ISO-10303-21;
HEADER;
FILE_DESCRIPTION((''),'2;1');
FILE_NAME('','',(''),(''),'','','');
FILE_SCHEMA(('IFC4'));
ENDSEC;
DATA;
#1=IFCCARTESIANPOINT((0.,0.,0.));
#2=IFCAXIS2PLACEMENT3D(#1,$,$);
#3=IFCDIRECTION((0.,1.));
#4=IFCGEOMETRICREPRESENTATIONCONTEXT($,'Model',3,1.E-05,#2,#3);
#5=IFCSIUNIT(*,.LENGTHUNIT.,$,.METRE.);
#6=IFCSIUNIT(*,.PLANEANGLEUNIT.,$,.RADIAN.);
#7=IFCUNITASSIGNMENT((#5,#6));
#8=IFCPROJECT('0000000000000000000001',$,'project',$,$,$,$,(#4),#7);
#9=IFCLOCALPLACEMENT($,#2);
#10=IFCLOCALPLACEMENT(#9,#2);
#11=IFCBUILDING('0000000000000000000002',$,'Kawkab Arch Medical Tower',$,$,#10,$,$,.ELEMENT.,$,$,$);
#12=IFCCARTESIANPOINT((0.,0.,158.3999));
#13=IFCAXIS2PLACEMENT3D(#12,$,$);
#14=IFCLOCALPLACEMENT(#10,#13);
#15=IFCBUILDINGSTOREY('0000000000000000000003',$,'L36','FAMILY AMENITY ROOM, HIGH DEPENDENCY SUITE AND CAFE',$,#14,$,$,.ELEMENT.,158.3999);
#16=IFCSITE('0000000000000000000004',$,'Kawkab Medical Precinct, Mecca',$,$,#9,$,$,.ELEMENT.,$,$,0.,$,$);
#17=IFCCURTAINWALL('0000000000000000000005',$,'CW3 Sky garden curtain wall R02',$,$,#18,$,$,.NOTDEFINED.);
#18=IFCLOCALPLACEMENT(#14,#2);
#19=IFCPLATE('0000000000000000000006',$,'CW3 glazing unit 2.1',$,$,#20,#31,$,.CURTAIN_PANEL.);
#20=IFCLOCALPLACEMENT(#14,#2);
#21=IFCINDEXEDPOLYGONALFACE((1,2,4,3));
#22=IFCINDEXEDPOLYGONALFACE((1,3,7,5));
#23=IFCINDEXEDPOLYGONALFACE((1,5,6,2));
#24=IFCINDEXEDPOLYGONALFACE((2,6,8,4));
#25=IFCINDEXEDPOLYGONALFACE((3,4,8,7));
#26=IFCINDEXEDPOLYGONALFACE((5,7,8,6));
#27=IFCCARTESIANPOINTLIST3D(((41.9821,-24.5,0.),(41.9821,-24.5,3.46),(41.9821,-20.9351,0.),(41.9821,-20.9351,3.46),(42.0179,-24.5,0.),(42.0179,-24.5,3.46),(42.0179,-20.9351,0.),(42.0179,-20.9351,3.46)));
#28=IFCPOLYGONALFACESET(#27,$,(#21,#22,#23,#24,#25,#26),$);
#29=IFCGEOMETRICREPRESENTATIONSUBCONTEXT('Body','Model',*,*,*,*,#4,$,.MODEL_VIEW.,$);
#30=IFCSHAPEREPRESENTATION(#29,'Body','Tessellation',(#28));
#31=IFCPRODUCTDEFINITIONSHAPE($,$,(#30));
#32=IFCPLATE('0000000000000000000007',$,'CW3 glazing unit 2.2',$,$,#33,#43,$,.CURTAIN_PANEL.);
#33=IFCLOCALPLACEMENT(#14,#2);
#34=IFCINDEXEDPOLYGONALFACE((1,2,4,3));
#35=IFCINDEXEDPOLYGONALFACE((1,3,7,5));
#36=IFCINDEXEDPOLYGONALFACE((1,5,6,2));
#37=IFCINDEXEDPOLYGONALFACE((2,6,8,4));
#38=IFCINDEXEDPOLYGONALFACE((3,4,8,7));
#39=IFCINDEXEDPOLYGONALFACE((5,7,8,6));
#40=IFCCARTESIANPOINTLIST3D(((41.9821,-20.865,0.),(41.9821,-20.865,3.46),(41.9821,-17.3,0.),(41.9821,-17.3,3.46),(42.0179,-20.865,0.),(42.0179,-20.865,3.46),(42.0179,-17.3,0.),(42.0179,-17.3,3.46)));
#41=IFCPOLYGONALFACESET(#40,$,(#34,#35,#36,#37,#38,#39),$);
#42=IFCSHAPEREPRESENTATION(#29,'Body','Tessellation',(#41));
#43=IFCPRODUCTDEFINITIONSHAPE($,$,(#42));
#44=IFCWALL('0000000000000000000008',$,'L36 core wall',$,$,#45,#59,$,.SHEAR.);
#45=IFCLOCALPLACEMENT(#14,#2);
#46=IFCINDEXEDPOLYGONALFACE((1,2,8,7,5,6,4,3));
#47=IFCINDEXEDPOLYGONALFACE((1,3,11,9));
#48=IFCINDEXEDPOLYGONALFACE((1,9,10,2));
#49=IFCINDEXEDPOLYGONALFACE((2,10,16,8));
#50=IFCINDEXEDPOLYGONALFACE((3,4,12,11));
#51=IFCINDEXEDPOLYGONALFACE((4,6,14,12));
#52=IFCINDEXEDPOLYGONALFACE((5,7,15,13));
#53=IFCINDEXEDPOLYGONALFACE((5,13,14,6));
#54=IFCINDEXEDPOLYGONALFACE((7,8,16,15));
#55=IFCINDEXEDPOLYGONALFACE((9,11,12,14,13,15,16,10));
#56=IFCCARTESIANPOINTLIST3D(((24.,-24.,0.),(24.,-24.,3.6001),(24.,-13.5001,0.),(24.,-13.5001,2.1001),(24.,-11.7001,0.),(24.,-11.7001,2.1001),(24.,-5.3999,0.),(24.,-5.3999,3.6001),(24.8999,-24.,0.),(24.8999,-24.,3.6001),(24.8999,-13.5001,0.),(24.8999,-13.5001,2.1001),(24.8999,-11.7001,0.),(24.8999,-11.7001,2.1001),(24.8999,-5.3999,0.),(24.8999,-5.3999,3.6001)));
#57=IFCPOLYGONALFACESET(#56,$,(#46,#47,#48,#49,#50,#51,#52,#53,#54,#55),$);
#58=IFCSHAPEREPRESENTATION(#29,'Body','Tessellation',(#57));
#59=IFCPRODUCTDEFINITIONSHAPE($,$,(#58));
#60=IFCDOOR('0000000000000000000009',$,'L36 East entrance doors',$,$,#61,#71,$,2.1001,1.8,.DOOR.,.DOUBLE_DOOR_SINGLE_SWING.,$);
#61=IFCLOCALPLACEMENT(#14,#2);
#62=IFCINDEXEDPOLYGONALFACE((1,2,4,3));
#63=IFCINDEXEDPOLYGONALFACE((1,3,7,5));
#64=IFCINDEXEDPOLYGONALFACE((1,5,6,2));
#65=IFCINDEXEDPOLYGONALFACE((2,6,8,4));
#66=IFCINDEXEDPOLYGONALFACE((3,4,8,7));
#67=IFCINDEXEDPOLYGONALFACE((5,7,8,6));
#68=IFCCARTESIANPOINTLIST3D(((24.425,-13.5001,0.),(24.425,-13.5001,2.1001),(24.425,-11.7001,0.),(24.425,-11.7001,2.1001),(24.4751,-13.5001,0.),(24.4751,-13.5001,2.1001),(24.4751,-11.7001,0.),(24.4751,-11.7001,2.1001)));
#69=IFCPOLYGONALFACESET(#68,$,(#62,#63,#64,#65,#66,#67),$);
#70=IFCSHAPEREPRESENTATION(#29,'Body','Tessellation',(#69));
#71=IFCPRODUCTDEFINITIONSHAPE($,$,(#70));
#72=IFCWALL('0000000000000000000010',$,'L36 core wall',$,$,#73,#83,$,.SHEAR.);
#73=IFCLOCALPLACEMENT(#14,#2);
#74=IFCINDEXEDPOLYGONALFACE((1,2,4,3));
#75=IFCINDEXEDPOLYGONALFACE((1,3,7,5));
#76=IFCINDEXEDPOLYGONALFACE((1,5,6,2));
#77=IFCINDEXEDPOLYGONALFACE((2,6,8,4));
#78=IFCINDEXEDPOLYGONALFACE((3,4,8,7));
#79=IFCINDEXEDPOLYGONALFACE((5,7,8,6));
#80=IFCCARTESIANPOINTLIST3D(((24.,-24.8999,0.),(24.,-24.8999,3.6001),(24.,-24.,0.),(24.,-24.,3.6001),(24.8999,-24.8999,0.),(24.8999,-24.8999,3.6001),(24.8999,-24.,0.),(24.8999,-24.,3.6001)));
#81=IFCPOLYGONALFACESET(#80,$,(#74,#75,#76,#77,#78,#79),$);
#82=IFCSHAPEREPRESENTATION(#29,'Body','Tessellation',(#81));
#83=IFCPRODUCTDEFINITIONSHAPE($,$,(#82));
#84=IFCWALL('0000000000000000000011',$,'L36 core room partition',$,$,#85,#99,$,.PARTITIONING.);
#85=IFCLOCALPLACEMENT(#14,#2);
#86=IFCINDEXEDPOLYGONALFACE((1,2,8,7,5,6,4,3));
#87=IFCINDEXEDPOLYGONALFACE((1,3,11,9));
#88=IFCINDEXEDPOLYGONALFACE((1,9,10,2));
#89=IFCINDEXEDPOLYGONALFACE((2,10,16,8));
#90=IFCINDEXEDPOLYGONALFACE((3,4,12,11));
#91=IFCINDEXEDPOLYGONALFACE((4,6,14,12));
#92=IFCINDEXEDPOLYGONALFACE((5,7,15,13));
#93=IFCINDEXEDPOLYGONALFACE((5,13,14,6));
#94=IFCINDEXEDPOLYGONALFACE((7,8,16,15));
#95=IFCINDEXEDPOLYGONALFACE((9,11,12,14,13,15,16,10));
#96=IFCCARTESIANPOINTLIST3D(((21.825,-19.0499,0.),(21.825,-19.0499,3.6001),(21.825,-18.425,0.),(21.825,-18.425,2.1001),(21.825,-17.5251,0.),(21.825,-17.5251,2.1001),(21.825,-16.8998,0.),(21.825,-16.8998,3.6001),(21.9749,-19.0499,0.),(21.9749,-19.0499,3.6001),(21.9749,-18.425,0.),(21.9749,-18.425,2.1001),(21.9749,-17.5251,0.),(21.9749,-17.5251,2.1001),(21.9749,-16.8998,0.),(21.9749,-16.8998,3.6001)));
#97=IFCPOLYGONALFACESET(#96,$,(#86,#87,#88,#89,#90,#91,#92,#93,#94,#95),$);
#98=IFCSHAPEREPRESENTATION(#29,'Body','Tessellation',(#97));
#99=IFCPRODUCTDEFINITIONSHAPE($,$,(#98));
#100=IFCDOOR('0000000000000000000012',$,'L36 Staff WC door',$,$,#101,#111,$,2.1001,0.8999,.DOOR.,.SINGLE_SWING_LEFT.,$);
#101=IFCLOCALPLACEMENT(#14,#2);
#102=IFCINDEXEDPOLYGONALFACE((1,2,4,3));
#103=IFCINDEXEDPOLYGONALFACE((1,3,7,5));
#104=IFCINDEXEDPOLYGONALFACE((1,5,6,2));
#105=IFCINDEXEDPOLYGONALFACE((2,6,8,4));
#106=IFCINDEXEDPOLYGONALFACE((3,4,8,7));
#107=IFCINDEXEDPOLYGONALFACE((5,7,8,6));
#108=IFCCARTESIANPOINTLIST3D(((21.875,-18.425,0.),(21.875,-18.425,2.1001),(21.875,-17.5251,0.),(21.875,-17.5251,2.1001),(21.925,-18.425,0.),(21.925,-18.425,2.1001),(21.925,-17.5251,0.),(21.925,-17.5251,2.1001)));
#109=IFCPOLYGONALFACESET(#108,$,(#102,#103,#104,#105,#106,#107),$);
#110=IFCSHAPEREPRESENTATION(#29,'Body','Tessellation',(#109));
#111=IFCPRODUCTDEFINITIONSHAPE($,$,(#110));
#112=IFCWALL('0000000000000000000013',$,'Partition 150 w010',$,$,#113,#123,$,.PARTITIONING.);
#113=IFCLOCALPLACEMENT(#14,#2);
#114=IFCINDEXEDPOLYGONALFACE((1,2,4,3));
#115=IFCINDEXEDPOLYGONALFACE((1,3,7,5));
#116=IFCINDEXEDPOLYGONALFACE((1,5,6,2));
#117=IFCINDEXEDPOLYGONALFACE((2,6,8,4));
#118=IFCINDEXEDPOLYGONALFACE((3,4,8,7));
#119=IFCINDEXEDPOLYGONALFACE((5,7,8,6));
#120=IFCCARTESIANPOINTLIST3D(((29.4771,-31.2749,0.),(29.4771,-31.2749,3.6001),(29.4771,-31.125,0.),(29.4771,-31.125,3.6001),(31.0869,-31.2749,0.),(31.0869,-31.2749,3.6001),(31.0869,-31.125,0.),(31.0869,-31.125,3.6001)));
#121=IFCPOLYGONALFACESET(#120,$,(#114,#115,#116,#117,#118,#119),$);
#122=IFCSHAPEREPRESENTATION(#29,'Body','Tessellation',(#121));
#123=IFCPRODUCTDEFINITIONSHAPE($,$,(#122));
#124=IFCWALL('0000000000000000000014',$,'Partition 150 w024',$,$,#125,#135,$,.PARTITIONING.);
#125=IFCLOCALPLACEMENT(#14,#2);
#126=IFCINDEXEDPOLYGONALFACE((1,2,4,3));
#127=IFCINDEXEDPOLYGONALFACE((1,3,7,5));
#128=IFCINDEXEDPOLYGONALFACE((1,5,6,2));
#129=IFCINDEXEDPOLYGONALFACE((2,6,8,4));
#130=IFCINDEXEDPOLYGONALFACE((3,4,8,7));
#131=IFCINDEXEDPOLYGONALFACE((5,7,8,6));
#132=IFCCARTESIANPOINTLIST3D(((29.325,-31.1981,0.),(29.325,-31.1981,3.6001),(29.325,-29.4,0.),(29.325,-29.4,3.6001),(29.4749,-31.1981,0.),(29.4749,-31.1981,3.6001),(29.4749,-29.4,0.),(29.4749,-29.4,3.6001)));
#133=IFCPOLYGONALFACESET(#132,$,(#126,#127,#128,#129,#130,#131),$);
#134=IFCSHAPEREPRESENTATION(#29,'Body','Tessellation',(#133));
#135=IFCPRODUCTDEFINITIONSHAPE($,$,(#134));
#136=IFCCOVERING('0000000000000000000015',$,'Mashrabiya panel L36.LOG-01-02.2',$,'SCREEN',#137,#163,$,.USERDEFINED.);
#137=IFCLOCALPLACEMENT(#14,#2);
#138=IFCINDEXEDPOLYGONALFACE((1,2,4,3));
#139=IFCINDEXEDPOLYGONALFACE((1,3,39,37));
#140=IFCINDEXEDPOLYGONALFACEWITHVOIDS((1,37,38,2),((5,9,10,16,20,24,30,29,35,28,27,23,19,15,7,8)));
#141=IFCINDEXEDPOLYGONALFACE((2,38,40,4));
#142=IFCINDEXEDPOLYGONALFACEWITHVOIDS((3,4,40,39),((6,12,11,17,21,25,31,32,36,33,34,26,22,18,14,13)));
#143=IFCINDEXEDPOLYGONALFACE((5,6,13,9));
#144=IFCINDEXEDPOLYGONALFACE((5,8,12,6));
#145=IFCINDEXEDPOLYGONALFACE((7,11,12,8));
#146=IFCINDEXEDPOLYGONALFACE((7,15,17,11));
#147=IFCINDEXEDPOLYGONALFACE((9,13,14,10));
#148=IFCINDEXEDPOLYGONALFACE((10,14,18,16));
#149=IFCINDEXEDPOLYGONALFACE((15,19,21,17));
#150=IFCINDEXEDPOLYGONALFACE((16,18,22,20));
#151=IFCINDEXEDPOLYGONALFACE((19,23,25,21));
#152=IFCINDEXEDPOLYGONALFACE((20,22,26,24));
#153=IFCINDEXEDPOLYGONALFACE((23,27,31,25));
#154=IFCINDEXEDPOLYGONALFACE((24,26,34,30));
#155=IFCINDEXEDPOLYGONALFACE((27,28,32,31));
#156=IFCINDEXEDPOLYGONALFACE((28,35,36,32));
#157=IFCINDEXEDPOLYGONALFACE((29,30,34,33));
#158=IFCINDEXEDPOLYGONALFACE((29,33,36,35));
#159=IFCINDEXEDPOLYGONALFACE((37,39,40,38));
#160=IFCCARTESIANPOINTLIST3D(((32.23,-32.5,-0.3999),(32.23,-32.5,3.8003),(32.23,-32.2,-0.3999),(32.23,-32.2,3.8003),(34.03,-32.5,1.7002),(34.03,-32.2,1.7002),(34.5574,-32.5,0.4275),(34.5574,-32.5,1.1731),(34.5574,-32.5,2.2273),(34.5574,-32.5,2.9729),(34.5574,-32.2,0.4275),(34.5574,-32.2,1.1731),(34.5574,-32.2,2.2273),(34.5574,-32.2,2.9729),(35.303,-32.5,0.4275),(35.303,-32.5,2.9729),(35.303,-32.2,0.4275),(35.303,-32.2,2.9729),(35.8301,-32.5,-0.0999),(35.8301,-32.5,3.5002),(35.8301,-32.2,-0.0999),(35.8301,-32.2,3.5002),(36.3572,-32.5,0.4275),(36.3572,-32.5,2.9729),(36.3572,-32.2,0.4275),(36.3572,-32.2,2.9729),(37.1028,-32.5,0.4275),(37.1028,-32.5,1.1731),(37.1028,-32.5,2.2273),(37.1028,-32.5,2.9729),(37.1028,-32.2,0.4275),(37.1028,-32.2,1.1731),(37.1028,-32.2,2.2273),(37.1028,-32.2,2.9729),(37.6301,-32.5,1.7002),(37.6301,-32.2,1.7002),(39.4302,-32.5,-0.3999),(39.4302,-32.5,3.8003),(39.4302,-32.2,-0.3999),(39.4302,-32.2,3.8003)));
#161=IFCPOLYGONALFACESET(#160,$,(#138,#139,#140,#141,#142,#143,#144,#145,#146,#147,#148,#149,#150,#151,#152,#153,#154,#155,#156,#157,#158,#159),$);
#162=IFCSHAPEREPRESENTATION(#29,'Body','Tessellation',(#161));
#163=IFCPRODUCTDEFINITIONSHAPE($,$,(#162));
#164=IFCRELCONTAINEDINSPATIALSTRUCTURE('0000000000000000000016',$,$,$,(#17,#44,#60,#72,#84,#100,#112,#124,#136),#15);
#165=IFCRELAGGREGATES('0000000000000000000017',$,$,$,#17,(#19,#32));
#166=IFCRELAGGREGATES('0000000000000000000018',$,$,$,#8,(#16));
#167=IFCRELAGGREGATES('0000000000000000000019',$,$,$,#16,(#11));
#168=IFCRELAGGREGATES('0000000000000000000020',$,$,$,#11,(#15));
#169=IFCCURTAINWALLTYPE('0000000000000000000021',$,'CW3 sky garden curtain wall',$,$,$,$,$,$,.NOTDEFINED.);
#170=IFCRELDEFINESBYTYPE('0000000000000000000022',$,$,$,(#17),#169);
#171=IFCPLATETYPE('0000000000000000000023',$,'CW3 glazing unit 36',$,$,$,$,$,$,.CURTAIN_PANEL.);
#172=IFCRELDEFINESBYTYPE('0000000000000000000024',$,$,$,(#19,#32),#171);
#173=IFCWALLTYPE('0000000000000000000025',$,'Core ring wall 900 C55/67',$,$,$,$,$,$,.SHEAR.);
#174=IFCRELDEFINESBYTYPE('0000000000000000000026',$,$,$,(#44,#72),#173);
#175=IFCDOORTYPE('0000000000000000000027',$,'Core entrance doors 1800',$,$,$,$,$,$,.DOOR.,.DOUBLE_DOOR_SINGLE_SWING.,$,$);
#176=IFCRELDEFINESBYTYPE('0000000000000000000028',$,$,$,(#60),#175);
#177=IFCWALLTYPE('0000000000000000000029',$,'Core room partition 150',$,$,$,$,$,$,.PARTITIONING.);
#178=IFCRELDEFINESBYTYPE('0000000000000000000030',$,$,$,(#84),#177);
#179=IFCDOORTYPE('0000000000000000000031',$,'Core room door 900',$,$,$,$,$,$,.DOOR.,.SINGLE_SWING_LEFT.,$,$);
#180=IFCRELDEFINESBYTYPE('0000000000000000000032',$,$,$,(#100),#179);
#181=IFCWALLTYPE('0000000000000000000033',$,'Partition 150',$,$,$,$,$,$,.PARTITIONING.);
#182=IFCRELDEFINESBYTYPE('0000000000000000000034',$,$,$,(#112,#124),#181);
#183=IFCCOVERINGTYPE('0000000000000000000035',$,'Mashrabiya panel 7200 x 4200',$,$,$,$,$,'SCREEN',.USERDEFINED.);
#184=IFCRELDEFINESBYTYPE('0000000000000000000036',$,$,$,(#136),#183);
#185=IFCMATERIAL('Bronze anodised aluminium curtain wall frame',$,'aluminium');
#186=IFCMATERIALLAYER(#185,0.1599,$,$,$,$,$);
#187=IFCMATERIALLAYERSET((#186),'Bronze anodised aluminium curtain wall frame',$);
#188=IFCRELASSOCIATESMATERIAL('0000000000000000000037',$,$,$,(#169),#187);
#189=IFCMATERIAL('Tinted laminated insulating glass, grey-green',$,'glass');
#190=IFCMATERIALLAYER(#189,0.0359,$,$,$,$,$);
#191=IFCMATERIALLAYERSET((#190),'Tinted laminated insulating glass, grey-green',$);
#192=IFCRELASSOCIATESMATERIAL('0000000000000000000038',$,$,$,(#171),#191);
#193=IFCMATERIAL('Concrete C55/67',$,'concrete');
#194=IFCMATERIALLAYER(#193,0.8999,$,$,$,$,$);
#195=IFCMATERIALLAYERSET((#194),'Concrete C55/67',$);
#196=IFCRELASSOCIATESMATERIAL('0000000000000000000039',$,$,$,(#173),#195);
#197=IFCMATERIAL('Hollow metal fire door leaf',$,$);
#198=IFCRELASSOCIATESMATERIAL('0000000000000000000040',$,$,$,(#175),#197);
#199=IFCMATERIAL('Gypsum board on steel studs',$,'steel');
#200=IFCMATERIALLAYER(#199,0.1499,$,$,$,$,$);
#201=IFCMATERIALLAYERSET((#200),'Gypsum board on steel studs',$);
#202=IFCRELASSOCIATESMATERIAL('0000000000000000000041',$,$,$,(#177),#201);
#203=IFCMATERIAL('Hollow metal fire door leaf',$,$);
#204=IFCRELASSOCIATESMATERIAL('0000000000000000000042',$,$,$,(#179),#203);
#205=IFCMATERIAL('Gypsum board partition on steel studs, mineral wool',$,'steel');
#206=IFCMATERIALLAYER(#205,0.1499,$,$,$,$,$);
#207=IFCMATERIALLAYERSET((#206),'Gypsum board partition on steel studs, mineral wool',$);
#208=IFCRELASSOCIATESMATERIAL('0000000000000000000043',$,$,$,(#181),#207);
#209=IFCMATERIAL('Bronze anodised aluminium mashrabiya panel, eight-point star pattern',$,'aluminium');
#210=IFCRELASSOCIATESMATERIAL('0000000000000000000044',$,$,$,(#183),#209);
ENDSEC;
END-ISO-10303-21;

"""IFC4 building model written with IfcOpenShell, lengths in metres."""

from ifc_helpers import new_model, si_unit, direction, frame, frame_2d, origin, origin_2d, place, context, subcontext, project, spatial, polyline, rectangle, outline, extrude, material, layer, layer_set, material_profile, profile_set, type_object, element, fill, aggregate, save


model = new_model("IFC4")

# Units and contexts
model_context = context("Model", 3, precision=1e-05, world=origin(), true_north=direction((0.0, 1.0)))
body_context = subcontext(model_context, "Body", "Model", "MODEL_VIEW")
ifc_project = project(units=[si_unit("LENGTHUNIT", "METRE"), si_unit("PLANEANGLEUNIT", "RADIAN")], contexts=[model_context])

# Site, building, storey
site_placement = place(None, origin())
site = spatial("IfcSite", under=ifc_project, at=site_placement, Name="Kawkab Medical Precinct, Mecca", CompositionType="ELEMENT", RefElevation=0.0)
building_placement = place(site_placement, origin())
building = spatial("IfcBuilding", under=site, at=building_placement, Name="Kawkab Arch Medical Tower", CompositionType="ELEMENT")
storey_placement = place(building_placement, frame((0.0, 0.0, 158.3999)))
storey = spatial("IfcBuildingStorey", under=building, at=storey_placement, Name="L36", Description="FAMILY AMENITY ROOM, HIGH DEPENDENCY SUITE AND CAFE", CompositionType="ELEMENT", Elevation=158.3999)

# Curtain wall
placement = place(storey_placement, origin())
ifc_material_1 = material(Name="Bronze anodised aluminium curtain wall frame", Category="aluminium")
ifc_layer_1 = layer(ifc_material_1, 0.1599)
ifc_layer_set_1 = layer_set([ifc_layer_1], Name="Bronze anodised aluminium curtain wall frame")
curtain_wall_type_1 = type_object("IfcCurtainWallType", Name="CW3 sky garden curtain wall", PredefinedType="NOTDEFINED", material=ifc_layer_set_1)
curtain_wall_1 = element("IfcCurtainWall", 1, at=placement, inside=storey, type_object=curtain_wall_type_1, Name="CW3 Sky garden curtain wall R02", PredefinedType="NOTDEFINED")

# Plates
ifc_material_2 = material(Name="Tinted laminated insulating glass, grey-green", Category="glass")
ifc_layer_2 = layer(ifc_material_2, 0.0359)
ifc_layer_set_2 = layer_set([ifc_layer_2], Name="Tinted laminated insulating glass, grey-green")
plate_type_1 = type_object("IfcPlateType", Name="CW3 glazing unit 36", PredefinedType="CURTAIN_PANEL", material=ifc_layer_set_2)
plate_1_placement = place(storey_placement, frame((42.0, -22.7175, 0.0), z_axis=(0.0, 0.0, 1.0), x_axis=(0.0, 1.0, 0.0)))
plate_1 = element("IfcPlate", 2, at=plate_1_placement, type_object=plate_type_1, Name="CW3 glazing unit 2.1", PredefinedType="CURTAIN_PANEL", context=body_context, shape_type="SweptSolid", body=[
    extrude(rectangle(XDim=3.5649, YDim=0.0359, at=origin_2d()), origin(), (0.0, 0.0, 1.0), 3.46),
])
plate_2_placement = place(storey_placement, frame((42.0, -19.0825, 0.0), z_axis=(0.0, 0.0, 1.0), x_axis=(0.0, 1.0, 0.0)))
plate_2 = element("IfcPlate", 3, at=plate_2_placement, type_object=plate_type_1, Name="CW3 glazing unit 2.2", PredefinedType="CURTAIN_PANEL", context=body_context, shape_type="SweptSolid", body=[
    extrude(rectangle(XDim=3.5649, YDim=0.0359, at=origin_2d()), origin(), (0.0, 0.0, 1.0), 3.46),
])
aggregate(curtain_wall_1, [plate_1, plate_2])

# Wall, opening, door
ifc_material_3 = material(Name="Concrete C55/67", Category="concrete")
ifc_layer_3 = layer(ifc_material_3, 0.8999)
ifc_layer_set_3 = layer_set([ifc_layer_3], Name="Concrete C55/67")
wall_type_1 = type_object("IfcWallType", Name="Core ring wall 900 C55/67", PredefinedType="SHEAR", material=ifc_layer_set_3)
wall_1_placement = place(storey_placement, frame((24.45, -24.0, 0.0), z_axis=(0.0, 0.0, 1.0), x_axis=(0.0, 1.0, 0.0)))
wall_1 = element("IfcWall", 4, at=wall_1_placement, inside=storey, type_object=wall_type_1, Name="L36 core wall", PredefinedType="SHEAR", context=body_context, shape_type="SweptSolid", body=[
    extrude(rectangle(XDim=18.6001, YDim=0.8999, at=frame_2d((9.3, 0.0))), origin(), (0.0, 0.0, 1.0), 3.6001),
])
opening_1_placement = place(wall_1_placement, frame((10.5, 0.0, 0.0)))
opening_1 = element("IfcOpeningElement", 5, at=opening_1_placement, cuts=wall_1, PredefinedType="OPENING", context=body_context, shape_type="SweptSolid", body=[
    extrude(rectangle(XDim=1.8, YDim=2.1001, at=frame_2d((0.8999, 1.05))), frame((0.0, 0.46, 0.0), z_axis=(0.0, -1.0, 0.0), x_axis=(1.0, 0.0, 0.0)), (0.0, 0.0, 1.0), 0.9199),
])
ifc_material_4 = material(Name="Hollow metal fire door leaf")
door_type_1 = type_object("IfcDoorType", Name="Core entrance doors 1800", OperationType="DOUBLE_DOOR_SINGLE_SWING", PredefinedType="DOOR", material=ifc_material_4)
door_1_placement = place(opening_1_placement, origin())
door_1 = element("IfcDoor", 6, at=door_1_placement, inside=storey, type_object=door_type_1, Name="L36 East entrance doors", OperationType="DOUBLE_DOOR_SINGLE_SWING", OverallHeight=2.1001, OverallWidth=1.8, PredefinedType="DOOR", context=body_context, shape_type="SweptSolid", body=[
    extrude(rectangle(XDim=1.8, YDim=2.1001, at=frame_2d((0.8999, 1.05))), frame((0.0, 0.0249, 0.0), z_axis=(0.0, -1.0, 0.0), x_axis=(1.0, 0.0, 0.0)), (0.0, 0.0, 1.0), 0.05),
])
fill(opening_1, door_1)

# Wall
wall_2_placement = place(storey_placement, frame((24.45, -24.8999, 0.0), z_axis=(0.0, 0.0, 1.0), x_axis=(0.0, 1.0, 0.0)))
element("IfcWall", 7, at=wall_2_placement, inside=storey, type_object=wall_type_1, Name="L36 core wall", PredefinedType="SHEAR", context=body_context, shape_type="SweptSolid", body=[
    extrude(rectangle(XDim=0.8999, YDim=0.8999, at=frame_2d((0.45, 0.0))), origin(), (0.0, 0.0, 1.0), 3.6001),
])

# Wall, opening, door
ifc_material_5 = material(Name="Gypsum board on steel studs", Category="steel")
ifc_layer_4 = layer(ifc_material_5, 0.1499)
ifc_layer_set_4 = layer_set([ifc_layer_4], Name="Gypsum board on steel studs")
wall_type_2 = type_object("IfcWallType", Name="Core room partition 150", PredefinedType="PARTITIONING", material=ifc_layer_set_4)
wall_3_placement = place(storey_placement, frame((21.8999, -19.05, 0.0), z_axis=(0.0, 0.0, 1.0), x_axis=(0.0, 1.0, 0.0)))
wall_3 = element("IfcWall", 8, at=wall_3_placement, inside=storey, type_object=wall_type_2, Name="L36 core room partition", PredefinedType="PARTITIONING", context=body_context, shape_type="SweptSolid", body=[
    extrude(rectangle(XDim=2.1501, YDim=0.1499, at=frame_2d((1.0752, 0.0))), origin(), (0.0, 0.0, 1.0), 3.6001),
])
opening_2_placement = place(wall_3_placement, frame((0.625, 0.0, 0.0)))
opening_2 = element("IfcOpeningElement", 9, at=opening_2_placement, cuts=wall_3, PredefinedType="OPENING", context=body_context, shape_type="SweptSolid", body=[
    extrude(rectangle(XDim=0.8999, YDim=2.1001, at=frame_2d((0.45, 1.05))), frame((0.0, 0.085, 0.0), z_axis=(0.0, -1.0, 0.0), x_axis=(1.0, 0.0, 0.0)), (0.0, 0.0, 1.0), 0.1699),
])
ifc_material_6 = material(Name="Hollow metal fire door leaf")
door_type_2 = type_object("IfcDoorType", Name="Core room door 900", OperationType="SINGLE_SWING_LEFT", PredefinedType="DOOR", material=ifc_material_6)
door_2_placement = place(opening_2_placement, origin())
door_2 = element("IfcDoor", 10, at=door_2_placement, inside=storey, type_object=door_type_2, Name="L36 Staff WC door", OperationType="SINGLE_SWING_LEFT", OverallHeight=2.1001, OverallWidth=0.8999, PredefinedType="DOOR", context=body_context, shape_type="SweptSolid", body=[
    extrude(rectangle(XDim=0.8999, YDim=2.1001, at=frame_2d((0.45, 1.05))), frame((0.0, 0.0249, 0.0), z_axis=(0.0, -1.0, 0.0), x_axis=(1.0, 0.0, 0.0)), (0.0, 0.0, 1.0), 0.05),
])
fill(opening_2, door_2)

# Walls
ifc_material_7 = material(Name="Gypsum board partition on steel studs, mineral wool", Category="steel")
ifc_layer_5 = layer(ifc_material_7, 0.1499)
ifc_layer_set_5 = layer_set([ifc_layer_5], Name="Gypsum board partition on steel studs, mineral wool")
wall_type_3 = type_object("IfcWallType", Name="Partition 150", PredefinedType="PARTITIONING", material=ifc_layer_set_5)
wall_4_placement = place(storey_placement, frame((29.4771, -31.2, 0.0), z_axis=(0.0, 0.0, 1.0), x_axis=(1.0, 0.0, 0.0)))
element("IfcWall", 11, at=wall_4_placement, inside=storey, type_object=wall_type_3, Name="Partition 150 w010", PredefinedType="PARTITIONING", context=body_context, shape_type="SweptSolid", body=[
    extrude(rectangle(XDim=1.6099, YDim=0.1499, at=frame_2d((0.8049, 0.0))), origin(), (0.0, 0.0, 1.0), 3.6001),
])
wall_5_placement = place(storey_placement, frame((29.3999, -31.198, 0.0), z_axis=(0.0, 0.0, 1.0), x_axis=(0.0, 1.0, 0.0)))
element("IfcWall", 12, at=wall_5_placement, inside=storey, type_object=wall_type_3, Name="Partition 150 w024", PredefinedType="PARTITIONING", context=body_context, shape_type="SweptSolid", body=[
    extrude(rectangle(XDim=1.7981, YDim=0.1499, at=frame_2d((0.8989, 0.0))), origin(), (0.0, 0.0, 1.0), 3.6001),
])

# Covering
ifc_material_8 = material(Name="Bronze anodised aluminium mashrabiya panel, eight-point star pattern", Category="aluminium")
ifc_material_profile_1 = material_profile(ifc_material_8, outline(polyline([(-3.6001, -2.1001), (3.6001, -2.1001), (3.6001, 2.1001), (-3.6001, 2.1001), (-3.6001, -2.1001)]), holes=[polyline([(1.8, 0.0), (1.2727, 0.5271), (1.2727, 1.2727), (0.5271, 1.2727), (0.0, 1.8), (-0.5271, 1.2727), (-1.2727, 1.2727), (-1.2727, 0.5271), (-1.8, 0.0), (-1.2727, -0.5271), (-1.2727, -1.2727), (-0.5271, -1.2727), (0.0, -1.8), (0.5271, -1.2727), (1.2727, -1.2727), (1.2727, -0.5271), (1.8, 0.0)])]), Name="Mashrabiya panel 7200x4200")
ifc_profile_set_1 = profile_set([ifc_material_profile_1], Name="Bronze anodised aluminium mashrabiya panel, eight-point star pattern")
covering_type_1 = type_object("IfcCoveringType", Name="Mashrabiya panel 7200 x 4200", ElementType="SCREEN", PredefinedType="USERDEFINED", material=ifc_profile_set_1)
covering_1_placement = place(storey_placement, frame((35.8301, -32.2, 1.7002), z_axis=(0.0, -1.0, 0.0), x_axis=(1.0, 0.0, 0.0)))
element("IfcCovering", 13, at=covering_1_placement, inside=storey, type_object=covering_type_1, Name="Mashrabiya panel L36.LOG-01-02.2", ObjectType="SCREEN", PredefinedType="USERDEFINED", context=body_context, shape_type="SweptSolid", body=[
    extrude(outline(polyline([(-3.6001, -2.1001), (3.6001, -2.1001), (3.6001, 2.1001), (-3.6001, 2.1001), (-3.6001, -2.1001)]), holes=[polyline([(1.8, 0.0), (1.2727, 0.5271), (1.2727, 1.2727), (0.5271, 1.2727), (0.0, 1.8), (-0.5271, 1.2727), (-1.2727, 1.2727), (-1.2727, 0.5271), (-1.8, 0.0), (-1.2727, -0.5271), (-1.2727, -1.2727), (-0.5271, -1.2727), (0.0, -1.8), (0.5271, -1.2727), (1.2727, -1.2727), (1.2727, -0.5271), (1.8, 0.0)])]), origin(), (0.0, 0.0, 1.0), 0.3),
])

save(model, "model.ifc")
